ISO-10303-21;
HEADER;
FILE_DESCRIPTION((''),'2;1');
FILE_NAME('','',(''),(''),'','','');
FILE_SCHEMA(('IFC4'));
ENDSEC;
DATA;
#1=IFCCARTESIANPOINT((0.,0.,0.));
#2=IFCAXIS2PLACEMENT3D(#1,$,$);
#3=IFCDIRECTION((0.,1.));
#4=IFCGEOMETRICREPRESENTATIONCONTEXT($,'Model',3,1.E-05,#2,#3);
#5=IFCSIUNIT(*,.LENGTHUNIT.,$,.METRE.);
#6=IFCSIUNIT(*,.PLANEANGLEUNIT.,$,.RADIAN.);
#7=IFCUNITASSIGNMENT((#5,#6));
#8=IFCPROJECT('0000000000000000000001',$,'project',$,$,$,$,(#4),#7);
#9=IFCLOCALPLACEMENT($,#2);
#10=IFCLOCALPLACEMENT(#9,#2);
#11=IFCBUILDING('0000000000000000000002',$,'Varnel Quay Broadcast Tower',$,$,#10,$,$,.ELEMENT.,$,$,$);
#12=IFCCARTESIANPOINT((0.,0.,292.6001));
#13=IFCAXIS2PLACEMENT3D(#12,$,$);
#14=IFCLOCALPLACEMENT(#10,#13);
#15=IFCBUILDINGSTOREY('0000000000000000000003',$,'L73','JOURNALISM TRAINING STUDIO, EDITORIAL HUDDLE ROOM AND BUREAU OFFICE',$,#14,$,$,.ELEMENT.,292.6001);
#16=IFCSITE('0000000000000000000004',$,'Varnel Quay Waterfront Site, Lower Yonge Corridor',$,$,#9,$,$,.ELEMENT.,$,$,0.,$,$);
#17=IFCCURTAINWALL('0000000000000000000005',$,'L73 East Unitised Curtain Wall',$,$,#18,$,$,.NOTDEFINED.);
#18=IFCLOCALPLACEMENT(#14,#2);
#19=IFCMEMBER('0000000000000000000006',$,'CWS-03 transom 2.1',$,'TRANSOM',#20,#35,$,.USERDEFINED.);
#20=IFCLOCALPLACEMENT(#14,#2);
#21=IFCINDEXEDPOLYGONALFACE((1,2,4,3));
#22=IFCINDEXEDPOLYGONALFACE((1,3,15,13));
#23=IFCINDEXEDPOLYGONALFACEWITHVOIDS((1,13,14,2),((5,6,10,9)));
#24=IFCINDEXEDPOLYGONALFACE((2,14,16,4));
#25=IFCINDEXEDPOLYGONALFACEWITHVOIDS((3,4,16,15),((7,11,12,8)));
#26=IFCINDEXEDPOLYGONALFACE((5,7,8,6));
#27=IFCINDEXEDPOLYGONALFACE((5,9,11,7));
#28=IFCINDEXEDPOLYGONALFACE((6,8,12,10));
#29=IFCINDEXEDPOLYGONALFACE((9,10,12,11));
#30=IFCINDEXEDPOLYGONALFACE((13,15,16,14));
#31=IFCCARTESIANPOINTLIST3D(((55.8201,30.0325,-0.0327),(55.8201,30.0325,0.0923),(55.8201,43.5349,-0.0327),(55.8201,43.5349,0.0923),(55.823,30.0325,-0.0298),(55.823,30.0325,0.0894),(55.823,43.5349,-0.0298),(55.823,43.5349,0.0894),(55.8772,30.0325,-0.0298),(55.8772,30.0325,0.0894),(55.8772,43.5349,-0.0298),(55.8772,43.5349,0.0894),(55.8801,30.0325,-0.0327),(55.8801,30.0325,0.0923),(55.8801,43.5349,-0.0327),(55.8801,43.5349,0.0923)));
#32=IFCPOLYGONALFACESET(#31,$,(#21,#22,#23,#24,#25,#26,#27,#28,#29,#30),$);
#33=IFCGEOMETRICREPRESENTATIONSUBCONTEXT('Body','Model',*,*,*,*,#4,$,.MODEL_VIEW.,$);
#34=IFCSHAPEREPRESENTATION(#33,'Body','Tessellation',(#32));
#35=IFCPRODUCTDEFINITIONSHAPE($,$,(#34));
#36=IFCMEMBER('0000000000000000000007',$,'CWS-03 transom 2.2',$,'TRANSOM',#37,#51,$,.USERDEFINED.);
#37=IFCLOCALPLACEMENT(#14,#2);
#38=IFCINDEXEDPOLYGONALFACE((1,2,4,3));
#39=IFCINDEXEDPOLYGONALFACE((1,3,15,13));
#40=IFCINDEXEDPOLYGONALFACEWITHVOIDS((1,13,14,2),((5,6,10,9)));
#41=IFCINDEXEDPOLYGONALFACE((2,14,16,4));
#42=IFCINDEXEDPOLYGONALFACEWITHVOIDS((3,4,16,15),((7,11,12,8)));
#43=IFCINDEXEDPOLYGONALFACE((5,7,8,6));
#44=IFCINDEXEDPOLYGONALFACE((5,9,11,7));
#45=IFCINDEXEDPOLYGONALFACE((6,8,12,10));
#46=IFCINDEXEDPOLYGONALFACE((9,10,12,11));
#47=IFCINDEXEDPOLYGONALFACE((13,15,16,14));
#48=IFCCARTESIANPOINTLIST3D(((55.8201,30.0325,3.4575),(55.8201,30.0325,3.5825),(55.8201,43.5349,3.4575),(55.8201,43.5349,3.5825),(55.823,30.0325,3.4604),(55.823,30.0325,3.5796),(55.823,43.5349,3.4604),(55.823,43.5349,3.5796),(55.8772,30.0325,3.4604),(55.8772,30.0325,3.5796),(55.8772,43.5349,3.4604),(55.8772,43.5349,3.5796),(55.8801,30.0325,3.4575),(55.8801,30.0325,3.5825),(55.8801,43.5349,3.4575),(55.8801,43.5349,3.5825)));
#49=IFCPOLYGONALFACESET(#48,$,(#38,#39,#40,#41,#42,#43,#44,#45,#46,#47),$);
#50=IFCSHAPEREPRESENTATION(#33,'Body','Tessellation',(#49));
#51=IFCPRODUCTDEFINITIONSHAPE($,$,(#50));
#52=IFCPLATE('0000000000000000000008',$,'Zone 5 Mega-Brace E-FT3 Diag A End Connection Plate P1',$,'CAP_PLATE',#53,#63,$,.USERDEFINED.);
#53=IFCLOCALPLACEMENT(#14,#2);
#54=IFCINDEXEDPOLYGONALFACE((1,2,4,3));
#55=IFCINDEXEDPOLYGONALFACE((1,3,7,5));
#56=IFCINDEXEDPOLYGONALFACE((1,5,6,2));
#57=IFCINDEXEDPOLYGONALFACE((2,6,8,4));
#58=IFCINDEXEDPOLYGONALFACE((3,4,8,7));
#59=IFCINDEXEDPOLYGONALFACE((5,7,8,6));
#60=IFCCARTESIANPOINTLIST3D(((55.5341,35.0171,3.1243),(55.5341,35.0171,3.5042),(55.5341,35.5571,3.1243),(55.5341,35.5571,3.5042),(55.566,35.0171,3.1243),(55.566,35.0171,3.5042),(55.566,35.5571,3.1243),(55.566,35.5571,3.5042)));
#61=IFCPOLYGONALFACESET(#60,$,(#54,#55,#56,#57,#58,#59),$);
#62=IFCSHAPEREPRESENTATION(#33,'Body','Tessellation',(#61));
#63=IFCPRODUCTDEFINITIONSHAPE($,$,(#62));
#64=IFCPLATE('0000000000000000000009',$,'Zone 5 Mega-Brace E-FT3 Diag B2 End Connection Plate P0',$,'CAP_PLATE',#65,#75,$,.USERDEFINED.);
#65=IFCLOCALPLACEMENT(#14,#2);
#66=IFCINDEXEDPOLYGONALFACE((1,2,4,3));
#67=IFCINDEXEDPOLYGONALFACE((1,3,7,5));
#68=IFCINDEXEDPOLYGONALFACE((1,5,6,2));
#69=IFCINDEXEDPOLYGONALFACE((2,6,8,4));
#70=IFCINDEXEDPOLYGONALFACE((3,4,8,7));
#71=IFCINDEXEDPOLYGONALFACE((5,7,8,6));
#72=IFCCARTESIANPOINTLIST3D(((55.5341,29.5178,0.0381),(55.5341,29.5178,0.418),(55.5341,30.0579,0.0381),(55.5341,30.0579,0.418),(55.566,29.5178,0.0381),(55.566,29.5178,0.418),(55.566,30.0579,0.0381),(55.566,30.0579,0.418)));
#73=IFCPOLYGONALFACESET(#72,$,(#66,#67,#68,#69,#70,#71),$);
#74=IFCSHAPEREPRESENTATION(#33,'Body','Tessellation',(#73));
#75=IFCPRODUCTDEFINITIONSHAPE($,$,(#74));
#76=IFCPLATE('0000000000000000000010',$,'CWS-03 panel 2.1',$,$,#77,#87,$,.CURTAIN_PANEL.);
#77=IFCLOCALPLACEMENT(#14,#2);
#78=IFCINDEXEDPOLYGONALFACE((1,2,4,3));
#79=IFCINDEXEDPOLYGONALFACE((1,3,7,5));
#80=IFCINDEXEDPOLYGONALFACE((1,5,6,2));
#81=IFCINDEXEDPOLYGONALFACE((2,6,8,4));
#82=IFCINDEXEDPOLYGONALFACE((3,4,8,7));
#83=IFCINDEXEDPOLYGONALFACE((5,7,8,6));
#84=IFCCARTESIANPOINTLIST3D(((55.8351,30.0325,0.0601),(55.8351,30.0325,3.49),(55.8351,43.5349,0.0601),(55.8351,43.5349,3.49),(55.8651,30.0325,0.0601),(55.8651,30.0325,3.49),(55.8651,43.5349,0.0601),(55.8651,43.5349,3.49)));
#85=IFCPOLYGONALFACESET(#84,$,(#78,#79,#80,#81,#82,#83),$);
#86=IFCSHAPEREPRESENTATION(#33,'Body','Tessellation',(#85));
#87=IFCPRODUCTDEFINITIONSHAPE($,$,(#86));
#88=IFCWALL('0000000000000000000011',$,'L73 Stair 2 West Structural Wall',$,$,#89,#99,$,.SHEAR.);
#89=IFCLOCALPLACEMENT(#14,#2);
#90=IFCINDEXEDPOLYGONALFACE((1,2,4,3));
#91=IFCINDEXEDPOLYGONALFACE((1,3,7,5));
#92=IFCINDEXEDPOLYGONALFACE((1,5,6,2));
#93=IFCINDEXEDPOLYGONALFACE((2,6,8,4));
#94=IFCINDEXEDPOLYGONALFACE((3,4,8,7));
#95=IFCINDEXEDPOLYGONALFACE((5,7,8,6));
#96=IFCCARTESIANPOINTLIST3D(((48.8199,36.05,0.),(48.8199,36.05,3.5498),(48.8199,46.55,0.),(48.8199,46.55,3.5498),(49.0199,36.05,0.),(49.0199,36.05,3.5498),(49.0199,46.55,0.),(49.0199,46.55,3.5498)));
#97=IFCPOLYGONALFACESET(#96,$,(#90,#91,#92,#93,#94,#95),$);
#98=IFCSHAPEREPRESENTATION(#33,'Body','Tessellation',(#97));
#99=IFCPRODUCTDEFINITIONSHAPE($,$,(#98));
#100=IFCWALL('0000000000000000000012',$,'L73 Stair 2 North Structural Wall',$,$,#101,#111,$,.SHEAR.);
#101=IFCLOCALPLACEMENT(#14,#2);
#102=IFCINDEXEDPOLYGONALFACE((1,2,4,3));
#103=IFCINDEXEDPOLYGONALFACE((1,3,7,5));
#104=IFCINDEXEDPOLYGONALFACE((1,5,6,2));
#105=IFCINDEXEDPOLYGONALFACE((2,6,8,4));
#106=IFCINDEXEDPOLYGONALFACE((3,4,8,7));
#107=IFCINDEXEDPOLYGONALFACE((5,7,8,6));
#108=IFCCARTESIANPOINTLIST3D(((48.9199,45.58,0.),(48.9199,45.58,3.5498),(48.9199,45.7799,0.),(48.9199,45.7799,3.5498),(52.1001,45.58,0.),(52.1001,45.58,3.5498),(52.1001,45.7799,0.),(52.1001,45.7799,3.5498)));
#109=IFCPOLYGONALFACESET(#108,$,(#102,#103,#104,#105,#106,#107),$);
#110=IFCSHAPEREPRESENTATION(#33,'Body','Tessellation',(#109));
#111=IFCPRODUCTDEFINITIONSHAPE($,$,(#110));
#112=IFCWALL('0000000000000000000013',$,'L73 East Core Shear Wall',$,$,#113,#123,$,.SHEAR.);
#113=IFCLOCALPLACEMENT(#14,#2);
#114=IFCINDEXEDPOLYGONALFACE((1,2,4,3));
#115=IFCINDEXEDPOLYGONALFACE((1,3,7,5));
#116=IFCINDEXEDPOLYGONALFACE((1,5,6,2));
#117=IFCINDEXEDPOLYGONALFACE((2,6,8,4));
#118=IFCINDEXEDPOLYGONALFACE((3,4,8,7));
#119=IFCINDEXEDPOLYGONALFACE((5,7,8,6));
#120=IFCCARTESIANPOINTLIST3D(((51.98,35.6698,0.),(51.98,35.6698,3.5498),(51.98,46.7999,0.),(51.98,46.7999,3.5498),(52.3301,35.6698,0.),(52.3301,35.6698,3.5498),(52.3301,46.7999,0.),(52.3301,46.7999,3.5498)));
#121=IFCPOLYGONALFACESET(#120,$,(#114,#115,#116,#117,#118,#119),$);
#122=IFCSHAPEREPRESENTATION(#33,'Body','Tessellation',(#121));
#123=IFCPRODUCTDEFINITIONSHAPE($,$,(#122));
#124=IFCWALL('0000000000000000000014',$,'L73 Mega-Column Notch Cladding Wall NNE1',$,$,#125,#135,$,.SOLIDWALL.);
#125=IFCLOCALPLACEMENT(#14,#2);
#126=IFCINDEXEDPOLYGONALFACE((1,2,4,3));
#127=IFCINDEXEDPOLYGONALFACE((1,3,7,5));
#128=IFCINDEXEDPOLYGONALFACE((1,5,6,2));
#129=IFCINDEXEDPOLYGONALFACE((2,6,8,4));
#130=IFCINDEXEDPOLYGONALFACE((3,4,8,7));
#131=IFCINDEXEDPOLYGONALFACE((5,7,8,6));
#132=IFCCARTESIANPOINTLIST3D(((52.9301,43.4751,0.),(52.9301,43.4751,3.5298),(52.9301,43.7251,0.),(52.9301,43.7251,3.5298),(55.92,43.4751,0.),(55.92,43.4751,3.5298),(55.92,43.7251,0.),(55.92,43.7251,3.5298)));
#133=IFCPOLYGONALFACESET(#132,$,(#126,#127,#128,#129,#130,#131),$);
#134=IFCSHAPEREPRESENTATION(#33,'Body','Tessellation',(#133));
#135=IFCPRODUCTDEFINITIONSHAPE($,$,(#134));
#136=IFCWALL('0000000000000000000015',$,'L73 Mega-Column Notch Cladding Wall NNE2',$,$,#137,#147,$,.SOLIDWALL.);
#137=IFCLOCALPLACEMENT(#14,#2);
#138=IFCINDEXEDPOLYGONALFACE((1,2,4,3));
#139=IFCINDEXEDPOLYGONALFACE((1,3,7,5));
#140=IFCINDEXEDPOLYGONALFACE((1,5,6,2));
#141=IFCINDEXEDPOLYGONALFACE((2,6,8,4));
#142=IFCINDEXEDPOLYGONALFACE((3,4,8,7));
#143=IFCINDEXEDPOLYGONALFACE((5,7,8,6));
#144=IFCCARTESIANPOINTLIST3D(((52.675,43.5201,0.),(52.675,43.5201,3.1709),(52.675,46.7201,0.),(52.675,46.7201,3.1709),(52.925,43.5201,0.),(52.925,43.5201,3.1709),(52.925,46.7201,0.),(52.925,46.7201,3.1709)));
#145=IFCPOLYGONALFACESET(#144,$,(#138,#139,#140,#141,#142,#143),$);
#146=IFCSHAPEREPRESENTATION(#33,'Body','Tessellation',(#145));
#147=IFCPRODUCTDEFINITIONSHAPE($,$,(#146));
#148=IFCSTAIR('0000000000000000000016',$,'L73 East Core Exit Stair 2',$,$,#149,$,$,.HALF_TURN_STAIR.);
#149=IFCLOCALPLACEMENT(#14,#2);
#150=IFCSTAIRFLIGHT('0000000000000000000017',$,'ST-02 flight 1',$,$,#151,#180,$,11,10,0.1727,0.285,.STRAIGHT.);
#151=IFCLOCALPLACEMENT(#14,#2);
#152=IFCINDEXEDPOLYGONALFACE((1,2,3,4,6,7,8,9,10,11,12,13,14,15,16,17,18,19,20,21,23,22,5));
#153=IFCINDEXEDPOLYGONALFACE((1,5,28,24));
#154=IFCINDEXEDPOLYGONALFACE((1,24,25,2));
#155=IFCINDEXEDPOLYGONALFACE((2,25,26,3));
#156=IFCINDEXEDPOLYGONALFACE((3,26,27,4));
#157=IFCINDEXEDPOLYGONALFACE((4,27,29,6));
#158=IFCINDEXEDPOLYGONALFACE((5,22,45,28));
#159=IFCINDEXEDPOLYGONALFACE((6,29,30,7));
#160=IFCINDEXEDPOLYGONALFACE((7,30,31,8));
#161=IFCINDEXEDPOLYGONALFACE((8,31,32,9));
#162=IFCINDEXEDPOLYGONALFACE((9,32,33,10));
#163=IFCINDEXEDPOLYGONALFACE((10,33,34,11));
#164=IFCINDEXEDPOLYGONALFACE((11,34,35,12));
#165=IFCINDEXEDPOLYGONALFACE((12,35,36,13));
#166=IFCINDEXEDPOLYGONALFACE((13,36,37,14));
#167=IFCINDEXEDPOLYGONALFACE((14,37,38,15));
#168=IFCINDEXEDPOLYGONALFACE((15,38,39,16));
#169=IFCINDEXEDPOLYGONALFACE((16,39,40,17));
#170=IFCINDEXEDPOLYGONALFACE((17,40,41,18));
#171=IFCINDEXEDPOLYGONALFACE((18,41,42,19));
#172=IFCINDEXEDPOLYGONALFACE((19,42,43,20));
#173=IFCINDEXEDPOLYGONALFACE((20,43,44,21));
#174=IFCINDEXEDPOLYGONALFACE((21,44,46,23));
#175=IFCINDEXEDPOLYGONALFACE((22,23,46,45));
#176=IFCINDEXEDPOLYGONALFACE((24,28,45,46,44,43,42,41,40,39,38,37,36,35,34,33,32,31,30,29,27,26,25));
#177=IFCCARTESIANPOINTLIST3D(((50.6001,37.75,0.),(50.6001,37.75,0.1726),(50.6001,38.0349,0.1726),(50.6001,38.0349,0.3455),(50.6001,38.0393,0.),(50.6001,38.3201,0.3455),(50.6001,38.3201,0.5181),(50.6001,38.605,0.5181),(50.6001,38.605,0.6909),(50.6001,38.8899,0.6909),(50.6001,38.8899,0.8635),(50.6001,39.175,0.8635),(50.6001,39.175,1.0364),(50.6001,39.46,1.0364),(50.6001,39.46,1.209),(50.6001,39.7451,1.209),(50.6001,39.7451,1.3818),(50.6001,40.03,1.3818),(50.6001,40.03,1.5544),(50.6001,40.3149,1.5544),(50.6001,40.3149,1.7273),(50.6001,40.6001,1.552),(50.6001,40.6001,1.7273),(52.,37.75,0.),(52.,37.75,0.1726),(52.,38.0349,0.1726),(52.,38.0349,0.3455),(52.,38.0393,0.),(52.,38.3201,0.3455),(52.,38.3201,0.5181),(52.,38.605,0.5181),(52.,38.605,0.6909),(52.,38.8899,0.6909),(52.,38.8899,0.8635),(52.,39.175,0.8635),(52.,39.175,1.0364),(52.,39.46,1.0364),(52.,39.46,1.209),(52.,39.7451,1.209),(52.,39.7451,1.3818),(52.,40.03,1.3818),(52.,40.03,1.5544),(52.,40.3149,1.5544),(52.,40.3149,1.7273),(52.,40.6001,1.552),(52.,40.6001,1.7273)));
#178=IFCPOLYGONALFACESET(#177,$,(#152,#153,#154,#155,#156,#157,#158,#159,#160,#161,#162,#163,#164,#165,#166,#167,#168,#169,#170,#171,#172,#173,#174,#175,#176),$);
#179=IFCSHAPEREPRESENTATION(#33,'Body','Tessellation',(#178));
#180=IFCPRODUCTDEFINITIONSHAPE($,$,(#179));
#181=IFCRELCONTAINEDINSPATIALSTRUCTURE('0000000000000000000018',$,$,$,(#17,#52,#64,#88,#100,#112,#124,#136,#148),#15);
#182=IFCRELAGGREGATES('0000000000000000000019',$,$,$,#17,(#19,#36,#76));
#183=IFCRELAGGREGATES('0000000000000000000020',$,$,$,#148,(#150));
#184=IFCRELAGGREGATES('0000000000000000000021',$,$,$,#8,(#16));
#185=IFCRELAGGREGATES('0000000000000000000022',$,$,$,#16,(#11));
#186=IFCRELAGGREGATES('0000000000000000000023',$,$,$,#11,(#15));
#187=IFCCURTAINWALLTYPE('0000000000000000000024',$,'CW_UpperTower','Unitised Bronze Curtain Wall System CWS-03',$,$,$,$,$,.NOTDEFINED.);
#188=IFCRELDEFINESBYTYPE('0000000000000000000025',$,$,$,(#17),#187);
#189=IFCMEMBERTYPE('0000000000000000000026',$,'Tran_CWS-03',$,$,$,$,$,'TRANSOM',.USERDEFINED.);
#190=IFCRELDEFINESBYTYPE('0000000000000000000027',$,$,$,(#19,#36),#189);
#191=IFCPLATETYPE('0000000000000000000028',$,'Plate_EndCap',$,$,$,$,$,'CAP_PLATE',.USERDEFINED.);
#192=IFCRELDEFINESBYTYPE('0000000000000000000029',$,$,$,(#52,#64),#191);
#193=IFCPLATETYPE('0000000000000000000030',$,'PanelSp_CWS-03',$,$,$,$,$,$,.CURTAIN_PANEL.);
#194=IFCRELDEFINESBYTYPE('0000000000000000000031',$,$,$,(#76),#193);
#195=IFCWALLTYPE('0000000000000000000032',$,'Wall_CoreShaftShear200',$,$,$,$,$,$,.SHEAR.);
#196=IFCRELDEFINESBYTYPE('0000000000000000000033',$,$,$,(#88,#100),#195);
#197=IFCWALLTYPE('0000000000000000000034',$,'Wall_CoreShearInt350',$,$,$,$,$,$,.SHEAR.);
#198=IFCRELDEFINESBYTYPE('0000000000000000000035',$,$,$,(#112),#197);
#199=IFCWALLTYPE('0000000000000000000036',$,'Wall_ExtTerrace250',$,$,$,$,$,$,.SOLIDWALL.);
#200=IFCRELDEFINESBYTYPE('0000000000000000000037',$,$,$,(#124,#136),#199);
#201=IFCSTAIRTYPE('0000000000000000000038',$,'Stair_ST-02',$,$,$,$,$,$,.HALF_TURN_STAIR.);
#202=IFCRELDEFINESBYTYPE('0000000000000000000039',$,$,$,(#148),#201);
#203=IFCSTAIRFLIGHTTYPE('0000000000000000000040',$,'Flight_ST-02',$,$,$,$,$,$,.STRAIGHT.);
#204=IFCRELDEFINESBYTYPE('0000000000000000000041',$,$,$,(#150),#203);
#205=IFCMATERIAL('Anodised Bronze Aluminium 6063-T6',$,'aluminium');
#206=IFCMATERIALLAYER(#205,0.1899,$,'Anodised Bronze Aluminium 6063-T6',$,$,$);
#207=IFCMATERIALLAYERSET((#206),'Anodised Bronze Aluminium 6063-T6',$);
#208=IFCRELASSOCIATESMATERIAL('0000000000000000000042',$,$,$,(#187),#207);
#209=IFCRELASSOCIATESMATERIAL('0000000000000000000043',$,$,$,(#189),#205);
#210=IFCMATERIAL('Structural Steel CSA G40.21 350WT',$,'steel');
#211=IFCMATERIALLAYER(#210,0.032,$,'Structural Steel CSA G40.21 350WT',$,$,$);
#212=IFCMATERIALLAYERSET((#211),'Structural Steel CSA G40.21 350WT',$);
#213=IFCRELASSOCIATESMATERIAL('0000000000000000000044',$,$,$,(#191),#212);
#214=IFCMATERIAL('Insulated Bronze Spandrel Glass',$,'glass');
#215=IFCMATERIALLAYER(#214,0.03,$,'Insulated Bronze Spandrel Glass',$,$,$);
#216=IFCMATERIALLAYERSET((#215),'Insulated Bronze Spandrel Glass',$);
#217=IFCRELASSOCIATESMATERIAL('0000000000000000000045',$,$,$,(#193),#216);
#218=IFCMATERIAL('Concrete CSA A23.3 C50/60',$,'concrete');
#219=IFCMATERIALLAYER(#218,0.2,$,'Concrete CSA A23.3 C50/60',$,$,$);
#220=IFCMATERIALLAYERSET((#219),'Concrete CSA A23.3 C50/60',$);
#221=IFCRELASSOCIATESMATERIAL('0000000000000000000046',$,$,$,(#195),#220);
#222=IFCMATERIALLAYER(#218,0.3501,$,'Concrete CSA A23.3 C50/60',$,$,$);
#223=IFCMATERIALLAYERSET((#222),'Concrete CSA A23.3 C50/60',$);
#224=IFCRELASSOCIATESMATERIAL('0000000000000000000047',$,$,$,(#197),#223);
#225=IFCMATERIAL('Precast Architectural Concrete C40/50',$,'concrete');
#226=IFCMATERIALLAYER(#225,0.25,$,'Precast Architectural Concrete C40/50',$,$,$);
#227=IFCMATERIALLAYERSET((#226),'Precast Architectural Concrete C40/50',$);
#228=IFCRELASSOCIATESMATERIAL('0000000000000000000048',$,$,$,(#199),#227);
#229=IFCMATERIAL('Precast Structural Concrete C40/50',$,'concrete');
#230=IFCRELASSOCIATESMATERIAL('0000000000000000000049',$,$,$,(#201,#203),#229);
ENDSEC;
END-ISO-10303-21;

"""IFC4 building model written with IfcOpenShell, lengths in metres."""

from ifc_helpers import new_model, si_unit, direction, frame, frame_2d, origin, origin_2d, place, context, subcontext, project, spatial, polyline, rectangle, hollow_rectangle, outline, extrude, source, transform, mapped, material, layer, layer_set, material_profile, profile_set, type_object, type_shapes, element, aggregate, save


model = new_model("IFC4")

# Units and contexts
model_context = context("Model", 3, precision=1e-05, world=origin(), true_north=direction((0.0, 1.0)))
body_context = subcontext(model_context, "Body", "Model", "MODEL_VIEW")
ifc_project = project(units=[si_unit("LENGTHUNIT", "METRE"), si_unit("PLANEANGLEUNIT", "RADIAN")], contexts=[model_context])

# Site, building, storey
site_placement = place(None, origin())
site = spatial("IfcSite", under=ifc_project, at=site_placement, Name="Varnel Quay Waterfront Site, Lower Yonge Corridor", CompositionType="ELEMENT", RefElevation=0.0)
building_placement = place(site_placement, origin())
building = spatial("IfcBuilding", under=site, at=building_placement, Name="Varnel Quay Broadcast Tower", CompositionType="ELEMENT")
storey_placement = place(building_placement, frame((0.0, 0.0, 292.6001)))
storey = spatial("IfcBuildingStorey", under=building, at=storey_placement, Name="L73", Description="JOURNALISM TRAINING STUDIO, EDITORIAL HUDDLE ROOM AND BUREAU OFFICE", CompositionType="ELEMENT", Elevation=292.6001)

# Shared definitions
ifc_material_1 = material(Name="Structural Steel CSA G40.21 350WT", Category="steel")

# Curtain wall, members
ifc_material_2 = material(Name="Anodised Bronze Aluminium 6063-T6", Category="aluminium")
ifc_layer_1 = layer(ifc_material_2, 0.1899, Name="Anodised Bronze Aluminium 6063-T6")
ifc_layer_set_1 = layer_set([ifc_layer_1], Name="Anodised Bronze Aluminium 6063-T6")
curtain_wall_type = type_object("IfcCurtainWallType", Name="CW_UpperTower", Description="Unitised Bronze Curtain Wall System CWS-03", PredefinedType="NOTDEFINED", material=ifc_layer_set_1)
curtain_wall_placement = place(storey_placement, origin())
curtain_wall = element("IfcCurtainWall", 1, at=curtain_wall_placement, inside=storey, type_object=curtain_wall_type, Name="L73 East Unitised Curtain Wall", PredefinedType="NOTDEFINED")
ifc_material_profile_1 = material_profile(ifc_material_2, hollow_rectangle(XDim=0.0601, YDim=0.125, WallThickness=0.0029, at=origin_2d()), Name="ALU60X125X3")
ifc_profile_set_1 = profile_set([ifc_material_profile_1], Name="Anodised Bronze Aluminium 6063-T6")
member_type_1 = type_object("IfcMemberType", Name="Tran_CWS-03", ElementType="TRANSOM", PredefinedType="USERDEFINED", material=ifc_profile_set_1)
shared_shape_1 = source(origin(), body_context, "Body", "SweptSolid", [
    extrude(hollow_rectangle(XDim=0.0601, YDim=0.125, WallThickness=0.0029, at=origin_2d()), origin(), (0.0, 0.0, 1.0), 13.5024),
])
type_shapes(member_type_1, [shared_shape_1])
member_1_placement = place(storey_placement, frame((55.8501, 30.0325, 0.0298), z_axis=(0.0, 1.0, 0.0), x_axis=(-1.0, 0.0, 0.0)))
member_1 = element("IfcMember", 2, at=member_1_placement, type_object=member_type_1, Name="CWS-03 transom 2.1", ObjectType="TRANSOM", PredefinedType="USERDEFINED", context=body_context, shape_type="MappedRepresentation", body=[
    mapped(shared_shape_1, transform((0.0, 0.0, 0.0), x_axis=(1.0, 0.0, 0.0), y_axis=(0.0, 1.0, 0.0), z_axis=(0.0, 0.0, 1.0), scale=1.0)),
])
member_2_placement = place(storey_placement, frame((55.8501, 30.0325, 3.52), z_axis=(0.0, 1.0, 0.0), x_axis=(-1.0, 0.0, 0.0)))
member_2 = element("IfcMember", 3, at=member_2_placement, type_object=member_type_1, Name="CWS-03 transom 2.2", ObjectType="TRANSOM", PredefinedType="USERDEFINED", context=body_context, shape_type="MappedRepresentation", body=[
    mapped(shared_shape_1, transform((0.0, 0.0, 0.0), x_axis=(1.0, 0.0, 0.0), y_axis=(0.0, 1.0, 0.0), z_axis=(0.0, 0.0, 1.0), scale=1.0)),
])

# Plates
ifc_layer_2 = layer(ifc_material_1, 0.032, Name="Structural Steel CSA G40.21 350WT")
ifc_layer_set_2 = layer_set([ifc_layer_2], Name="Structural Steel CSA G40.21 350WT")
plate_type_1 = type_object("IfcPlateType", Name="Plate_EndCap", ElementType="CAP_PLATE", PredefinedType="USERDEFINED", material=ifc_layer_set_2)
shared_shape_2 = source(origin(), body_context, "Body", "SweptSolid", [
    extrude(rectangle(XDim=0.54, YDim=0.032, at=origin_2d()), origin(), (0.0, 0.0, 1.0), 0.3799),
])
type_shapes(plate_type_1, [shared_shape_2])
for number, where, z_axis, x_axis, name in (
    (4, (55.55, 35.2871, 3.1243), (0.0, 0.0, 1.0), (0.0, 1.0, 0.0), "Zone 5 Mega-Brace E-FT3 Diag A End Connection Plate P1"),
    (5, (55.55, 29.7878, 0.0381), (0.0, 0.0, 1.0), (0.0, 1.0, 0.0), "Zone 5 Mega-Brace E-FT3 Diag B2 End Connection Plate P0"),
):
    element("IfcPlate", number, at=place(storey_placement, frame(where, z_axis=z_axis, x_axis=x_axis)), inside=storey, type_object=plate_type_1, Name=name, ObjectType="CAP_PLATE", PredefinedType="USERDEFINED", context=body_context, shape_type="MappedRepresentation", body=[
        mapped(shared_shape_2, transform((0.0, 0.0, 0.0), x_axis=(1.0, 0.0, 0.0), y_axis=(0.0, 1.0, 0.0), z_axis=(0.0, 0.0, 1.0), scale=1.0)),
    ])

# Plate
ifc_material_3 = material(Name="Insulated Bronze Spandrel Glass", Category="glass")
ifc_layer_3 = layer(ifc_material_3, 0.03, Name="Insulated Bronze Spandrel Glass")
ifc_layer_set_3 = layer_set([ifc_layer_3], Name="Insulated Bronze Spandrel Glass")
plate_type_2 = type_object("IfcPlateType", Name="PanelSp_CWS-03", PredefinedType="CURTAIN_PANEL", material=ifc_layer_set_3)
shared_shape_3 = source(origin(), body_context, "Body", "SweptSolid", [
    extrude(rectangle(XDim=13.5024, YDim=0.03, at=origin_2d()), origin(), (0.0, 0.0, 1.0), 3.4299),
])
type_shapes(plate_type_2, [shared_shape_3])
plate_placement = place(storey_placement, frame((55.8501, 36.7837, 0.0601), z_axis=(0.0, 0.0, 1.0), x_axis=(0.0, 1.0, 0.0)))
plate = element("IfcPlate", 6, at=plate_placement, type_object=plate_type_2, Name="CWS-03 panel 2.1", PredefinedType="CURTAIN_PANEL", context=body_context, shape_type="MappedRepresentation", body=[
    mapped(shared_shape_3, transform((0.0, 0.0, 0.0), x_axis=(1.0, 0.0, 0.0), y_axis=(0.0, 1.0, 0.0), z_axis=(0.0, 0.0, 1.0), scale=1.0)),
])
aggregate(curtain_wall, [member_1, member_2, plate])

# Walls
ifc_material_4 = material(Name="Concrete CSA A23.3 C50/60", Category="concrete")
ifc_layer_4 = layer(ifc_material_4, 0.2, Name="Concrete CSA A23.3 C50/60")
ifc_layer_set_4 = layer_set([ifc_layer_4], Name="Concrete CSA A23.3 C50/60")
wall_type_1 = type_object("IfcWallType", Name="Wall_CoreShaftShear200", PredefinedType="SHEAR", material=ifc_layer_set_4)
wall_1_placement = place(storey_placement, frame((48.9199, 36.05, 0.0), z_axis=(0.0, 0.0, 1.0), x_axis=(0.0, 1.0, 0.0)))
element("IfcWall", 7, at=wall_1_placement, inside=storey, type_object=wall_type_1, Name="L73 Stair 2 West Structural Wall", PredefinedType="SHEAR", context=body_context, shape_type="SweptSolid", body=[
    extrude(rectangle(XDim=10.5, YDim=0.2, at=frame_2d((5.25, 0.0))), origin(), (0.0, 0.0, 1.0), 3.5498),
])
wall_2_placement = place(storey_placement, frame((48.9199, 45.6799, 0.0), z_axis=(0.0, 0.0, 1.0), x_axis=(1.0, 0.0, 0.0)))
element("IfcWall", 8, at=wall_2_placement, inside=storey, type_object=wall_type_1, Name="L73 Stair 2 North Structural Wall", PredefinedType="SHEAR", context=body_context, shape_type="SweptSolid", body=[
    extrude(rectangle(XDim=3.1802, YDim=0.2, at=frame_2d((1.5901, 0.0))), origin(), (0.0, 0.0, 1.0), 3.5498),
])
ifc_layer_5 = layer(ifc_material_4, 0.3501, Name="Concrete CSA A23.3 C50/60")
ifc_layer_set_5 = layer_set([ifc_layer_5], Name="Concrete CSA A23.3 C50/60")
wall_type_2 = type_object("IfcWallType", Name="Wall_CoreShearInt350", PredefinedType="SHEAR", material=ifc_layer_set_5)
wall_3_placement = place(storey_placement, frame((52.155, 35.6699, 0.0), z_axis=(0.0, 0.0, 1.0), x_axis=(0.0, 1.0, 0.0)))
element("IfcWall", 9, at=wall_3_placement, inside=storey, type_object=wall_type_2, Name="L73 East Core Shear Wall", PredefinedType="SHEAR", context=body_context, shape_type="SweptSolid", body=[
    extrude(rectangle(XDim=11.1301, YDim=0.3501, at=frame_2d((5.5649, 0.0))), origin(), (0.0, 0.0, 1.0), 3.5498),
])
ifc_material_5 = material(Name="Precast Architectural Concrete C40/50", Category="concrete")
ifc_layer_6 = layer(ifc_material_5, 0.25, Name="Precast Architectural Concrete C40/50")
ifc_layer_set_6 = layer_set([ifc_layer_6], Name="Precast Architectural Concrete C40/50")
wall_type_3 = type_object("IfcWallType", Name="Wall_ExtTerrace250", PredefinedType="SOLIDWALL", material=ifc_layer_set_6)
wall_4_placement = place(storey_placement, frame((52.9299, 43.6001, 0.0), z_axis=(0.0, 0.0, 1.0), x_axis=(1.0, 0.0, 0.0)))
element("IfcWall", 10, at=wall_4_placement, inside=storey, type_object=wall_type_3, Name="L73 Mega-Column Notch Cladding Wall NNE1", PredefinedType="SOLIDWALL", context=body_context, shape_type="SweptSolid", body=[
    extrude(rectangle(XDim=2.99, YDim=0.25, at=frame_2d((1.4951, 0.0))), origin(), (0.0, 0.0, 1.0), 3.5298),
])
wall_5_placement = place(storey_placement, frame((52.8, 43.52, 0.0), z_axis=(0.0, 0.0, 1.0), x_axis=(0.0, 1.0, 0.0)))
element("IfcWall", 11, at=wall_5_placement, inside=storey, type_object=wall_type_3, Name="L73 Mega-Column Notch Cladding Wall NNE2", PredefinedType="SOLIDWALL", context=body_context, shape_type="SweptSolid", body=[
    extrude(rectangle(XDim=3.2, YDim=0.25, at=frame_2d((1.6001, 0.0))), origin(), (0.0, 0.0, 1.0), 3.1709),
])

# Stair, stair flight
ifc_material_6 = material(Name="Precast Structural Concrete C40/50", Category="concrete")
stair_type = type_object("IfcStairType", Name="Stair_ST-02", PredefinedType="HALF_TURN_STAIR", material=ifc_material_6)
stair_placement = place(storey_placement, origin())
stair = element("IfcStair", 12, at=stair_placement, inside=storey, type_object=stair_type, Name="L73 East Core Exit Stair 2", PredefinedType="HALF_TURN_STAIR")
stair_flight_type = type_object("IfcStairFlightType", Name="Flight_ST-02", PredefinedType="STRAIGHT", material=ifc_material_6)
stair_flight_1_placement = place(storey_placement, frame((51.3, 37.75, 0.0), z_axis=(0.0, 0.0, 1.0), x_axis=(0.0, 1.0, 0.0)))
stair_flight_1 = element("IfcStairFlight", 13, at=stair_flight_1_placement, type_object=stair_flight_type, Name="ST-02 flight 1", NumberOfRisers=11, NumberOfTreads=10, PredefinedType="STRAIGHT", RiserHeight=0.1727, TreadLength=0.285, context=body_context, shape_type="SweptSolid", body=[
    extrude(outline(polyline([(0.0, 0.0), (0.0, 0.1726), (0.2849, 0.1726), (0.2849, 0.3455), (0.5701, 0.3455), (0.5701, 0.5181), (0.855, 0.5181), (0.855, 0.6909), (1.1399, 0.6909), (1.1399, 0.8635), (1.425, 0.8635), (1.425, 1.0364), (1.71, 1.0364), (1.71, 1.209), (1.9951, 1.209), (1.9951, 1.3818), (2.28, 1.3818), (2.28, 1.5544), (2.5649, 1.5544), (2.5649, 1.7273), (2.8501, 1.7273), (2.8501, 1.8999), (2.8501, 1.552), (0.2893, 0.0), (0.0, 0.0)])), frame((0.0, 0.7, 0.0), z_axis=(0.0, -1.0, 0.0), x_axis=(1.0, 0.0, 0.0)), (0.0, 0.0, 1.0), 1.3999),
])
aggregate(stair, [stair_flight_1])

save(model, "model.ifc")
